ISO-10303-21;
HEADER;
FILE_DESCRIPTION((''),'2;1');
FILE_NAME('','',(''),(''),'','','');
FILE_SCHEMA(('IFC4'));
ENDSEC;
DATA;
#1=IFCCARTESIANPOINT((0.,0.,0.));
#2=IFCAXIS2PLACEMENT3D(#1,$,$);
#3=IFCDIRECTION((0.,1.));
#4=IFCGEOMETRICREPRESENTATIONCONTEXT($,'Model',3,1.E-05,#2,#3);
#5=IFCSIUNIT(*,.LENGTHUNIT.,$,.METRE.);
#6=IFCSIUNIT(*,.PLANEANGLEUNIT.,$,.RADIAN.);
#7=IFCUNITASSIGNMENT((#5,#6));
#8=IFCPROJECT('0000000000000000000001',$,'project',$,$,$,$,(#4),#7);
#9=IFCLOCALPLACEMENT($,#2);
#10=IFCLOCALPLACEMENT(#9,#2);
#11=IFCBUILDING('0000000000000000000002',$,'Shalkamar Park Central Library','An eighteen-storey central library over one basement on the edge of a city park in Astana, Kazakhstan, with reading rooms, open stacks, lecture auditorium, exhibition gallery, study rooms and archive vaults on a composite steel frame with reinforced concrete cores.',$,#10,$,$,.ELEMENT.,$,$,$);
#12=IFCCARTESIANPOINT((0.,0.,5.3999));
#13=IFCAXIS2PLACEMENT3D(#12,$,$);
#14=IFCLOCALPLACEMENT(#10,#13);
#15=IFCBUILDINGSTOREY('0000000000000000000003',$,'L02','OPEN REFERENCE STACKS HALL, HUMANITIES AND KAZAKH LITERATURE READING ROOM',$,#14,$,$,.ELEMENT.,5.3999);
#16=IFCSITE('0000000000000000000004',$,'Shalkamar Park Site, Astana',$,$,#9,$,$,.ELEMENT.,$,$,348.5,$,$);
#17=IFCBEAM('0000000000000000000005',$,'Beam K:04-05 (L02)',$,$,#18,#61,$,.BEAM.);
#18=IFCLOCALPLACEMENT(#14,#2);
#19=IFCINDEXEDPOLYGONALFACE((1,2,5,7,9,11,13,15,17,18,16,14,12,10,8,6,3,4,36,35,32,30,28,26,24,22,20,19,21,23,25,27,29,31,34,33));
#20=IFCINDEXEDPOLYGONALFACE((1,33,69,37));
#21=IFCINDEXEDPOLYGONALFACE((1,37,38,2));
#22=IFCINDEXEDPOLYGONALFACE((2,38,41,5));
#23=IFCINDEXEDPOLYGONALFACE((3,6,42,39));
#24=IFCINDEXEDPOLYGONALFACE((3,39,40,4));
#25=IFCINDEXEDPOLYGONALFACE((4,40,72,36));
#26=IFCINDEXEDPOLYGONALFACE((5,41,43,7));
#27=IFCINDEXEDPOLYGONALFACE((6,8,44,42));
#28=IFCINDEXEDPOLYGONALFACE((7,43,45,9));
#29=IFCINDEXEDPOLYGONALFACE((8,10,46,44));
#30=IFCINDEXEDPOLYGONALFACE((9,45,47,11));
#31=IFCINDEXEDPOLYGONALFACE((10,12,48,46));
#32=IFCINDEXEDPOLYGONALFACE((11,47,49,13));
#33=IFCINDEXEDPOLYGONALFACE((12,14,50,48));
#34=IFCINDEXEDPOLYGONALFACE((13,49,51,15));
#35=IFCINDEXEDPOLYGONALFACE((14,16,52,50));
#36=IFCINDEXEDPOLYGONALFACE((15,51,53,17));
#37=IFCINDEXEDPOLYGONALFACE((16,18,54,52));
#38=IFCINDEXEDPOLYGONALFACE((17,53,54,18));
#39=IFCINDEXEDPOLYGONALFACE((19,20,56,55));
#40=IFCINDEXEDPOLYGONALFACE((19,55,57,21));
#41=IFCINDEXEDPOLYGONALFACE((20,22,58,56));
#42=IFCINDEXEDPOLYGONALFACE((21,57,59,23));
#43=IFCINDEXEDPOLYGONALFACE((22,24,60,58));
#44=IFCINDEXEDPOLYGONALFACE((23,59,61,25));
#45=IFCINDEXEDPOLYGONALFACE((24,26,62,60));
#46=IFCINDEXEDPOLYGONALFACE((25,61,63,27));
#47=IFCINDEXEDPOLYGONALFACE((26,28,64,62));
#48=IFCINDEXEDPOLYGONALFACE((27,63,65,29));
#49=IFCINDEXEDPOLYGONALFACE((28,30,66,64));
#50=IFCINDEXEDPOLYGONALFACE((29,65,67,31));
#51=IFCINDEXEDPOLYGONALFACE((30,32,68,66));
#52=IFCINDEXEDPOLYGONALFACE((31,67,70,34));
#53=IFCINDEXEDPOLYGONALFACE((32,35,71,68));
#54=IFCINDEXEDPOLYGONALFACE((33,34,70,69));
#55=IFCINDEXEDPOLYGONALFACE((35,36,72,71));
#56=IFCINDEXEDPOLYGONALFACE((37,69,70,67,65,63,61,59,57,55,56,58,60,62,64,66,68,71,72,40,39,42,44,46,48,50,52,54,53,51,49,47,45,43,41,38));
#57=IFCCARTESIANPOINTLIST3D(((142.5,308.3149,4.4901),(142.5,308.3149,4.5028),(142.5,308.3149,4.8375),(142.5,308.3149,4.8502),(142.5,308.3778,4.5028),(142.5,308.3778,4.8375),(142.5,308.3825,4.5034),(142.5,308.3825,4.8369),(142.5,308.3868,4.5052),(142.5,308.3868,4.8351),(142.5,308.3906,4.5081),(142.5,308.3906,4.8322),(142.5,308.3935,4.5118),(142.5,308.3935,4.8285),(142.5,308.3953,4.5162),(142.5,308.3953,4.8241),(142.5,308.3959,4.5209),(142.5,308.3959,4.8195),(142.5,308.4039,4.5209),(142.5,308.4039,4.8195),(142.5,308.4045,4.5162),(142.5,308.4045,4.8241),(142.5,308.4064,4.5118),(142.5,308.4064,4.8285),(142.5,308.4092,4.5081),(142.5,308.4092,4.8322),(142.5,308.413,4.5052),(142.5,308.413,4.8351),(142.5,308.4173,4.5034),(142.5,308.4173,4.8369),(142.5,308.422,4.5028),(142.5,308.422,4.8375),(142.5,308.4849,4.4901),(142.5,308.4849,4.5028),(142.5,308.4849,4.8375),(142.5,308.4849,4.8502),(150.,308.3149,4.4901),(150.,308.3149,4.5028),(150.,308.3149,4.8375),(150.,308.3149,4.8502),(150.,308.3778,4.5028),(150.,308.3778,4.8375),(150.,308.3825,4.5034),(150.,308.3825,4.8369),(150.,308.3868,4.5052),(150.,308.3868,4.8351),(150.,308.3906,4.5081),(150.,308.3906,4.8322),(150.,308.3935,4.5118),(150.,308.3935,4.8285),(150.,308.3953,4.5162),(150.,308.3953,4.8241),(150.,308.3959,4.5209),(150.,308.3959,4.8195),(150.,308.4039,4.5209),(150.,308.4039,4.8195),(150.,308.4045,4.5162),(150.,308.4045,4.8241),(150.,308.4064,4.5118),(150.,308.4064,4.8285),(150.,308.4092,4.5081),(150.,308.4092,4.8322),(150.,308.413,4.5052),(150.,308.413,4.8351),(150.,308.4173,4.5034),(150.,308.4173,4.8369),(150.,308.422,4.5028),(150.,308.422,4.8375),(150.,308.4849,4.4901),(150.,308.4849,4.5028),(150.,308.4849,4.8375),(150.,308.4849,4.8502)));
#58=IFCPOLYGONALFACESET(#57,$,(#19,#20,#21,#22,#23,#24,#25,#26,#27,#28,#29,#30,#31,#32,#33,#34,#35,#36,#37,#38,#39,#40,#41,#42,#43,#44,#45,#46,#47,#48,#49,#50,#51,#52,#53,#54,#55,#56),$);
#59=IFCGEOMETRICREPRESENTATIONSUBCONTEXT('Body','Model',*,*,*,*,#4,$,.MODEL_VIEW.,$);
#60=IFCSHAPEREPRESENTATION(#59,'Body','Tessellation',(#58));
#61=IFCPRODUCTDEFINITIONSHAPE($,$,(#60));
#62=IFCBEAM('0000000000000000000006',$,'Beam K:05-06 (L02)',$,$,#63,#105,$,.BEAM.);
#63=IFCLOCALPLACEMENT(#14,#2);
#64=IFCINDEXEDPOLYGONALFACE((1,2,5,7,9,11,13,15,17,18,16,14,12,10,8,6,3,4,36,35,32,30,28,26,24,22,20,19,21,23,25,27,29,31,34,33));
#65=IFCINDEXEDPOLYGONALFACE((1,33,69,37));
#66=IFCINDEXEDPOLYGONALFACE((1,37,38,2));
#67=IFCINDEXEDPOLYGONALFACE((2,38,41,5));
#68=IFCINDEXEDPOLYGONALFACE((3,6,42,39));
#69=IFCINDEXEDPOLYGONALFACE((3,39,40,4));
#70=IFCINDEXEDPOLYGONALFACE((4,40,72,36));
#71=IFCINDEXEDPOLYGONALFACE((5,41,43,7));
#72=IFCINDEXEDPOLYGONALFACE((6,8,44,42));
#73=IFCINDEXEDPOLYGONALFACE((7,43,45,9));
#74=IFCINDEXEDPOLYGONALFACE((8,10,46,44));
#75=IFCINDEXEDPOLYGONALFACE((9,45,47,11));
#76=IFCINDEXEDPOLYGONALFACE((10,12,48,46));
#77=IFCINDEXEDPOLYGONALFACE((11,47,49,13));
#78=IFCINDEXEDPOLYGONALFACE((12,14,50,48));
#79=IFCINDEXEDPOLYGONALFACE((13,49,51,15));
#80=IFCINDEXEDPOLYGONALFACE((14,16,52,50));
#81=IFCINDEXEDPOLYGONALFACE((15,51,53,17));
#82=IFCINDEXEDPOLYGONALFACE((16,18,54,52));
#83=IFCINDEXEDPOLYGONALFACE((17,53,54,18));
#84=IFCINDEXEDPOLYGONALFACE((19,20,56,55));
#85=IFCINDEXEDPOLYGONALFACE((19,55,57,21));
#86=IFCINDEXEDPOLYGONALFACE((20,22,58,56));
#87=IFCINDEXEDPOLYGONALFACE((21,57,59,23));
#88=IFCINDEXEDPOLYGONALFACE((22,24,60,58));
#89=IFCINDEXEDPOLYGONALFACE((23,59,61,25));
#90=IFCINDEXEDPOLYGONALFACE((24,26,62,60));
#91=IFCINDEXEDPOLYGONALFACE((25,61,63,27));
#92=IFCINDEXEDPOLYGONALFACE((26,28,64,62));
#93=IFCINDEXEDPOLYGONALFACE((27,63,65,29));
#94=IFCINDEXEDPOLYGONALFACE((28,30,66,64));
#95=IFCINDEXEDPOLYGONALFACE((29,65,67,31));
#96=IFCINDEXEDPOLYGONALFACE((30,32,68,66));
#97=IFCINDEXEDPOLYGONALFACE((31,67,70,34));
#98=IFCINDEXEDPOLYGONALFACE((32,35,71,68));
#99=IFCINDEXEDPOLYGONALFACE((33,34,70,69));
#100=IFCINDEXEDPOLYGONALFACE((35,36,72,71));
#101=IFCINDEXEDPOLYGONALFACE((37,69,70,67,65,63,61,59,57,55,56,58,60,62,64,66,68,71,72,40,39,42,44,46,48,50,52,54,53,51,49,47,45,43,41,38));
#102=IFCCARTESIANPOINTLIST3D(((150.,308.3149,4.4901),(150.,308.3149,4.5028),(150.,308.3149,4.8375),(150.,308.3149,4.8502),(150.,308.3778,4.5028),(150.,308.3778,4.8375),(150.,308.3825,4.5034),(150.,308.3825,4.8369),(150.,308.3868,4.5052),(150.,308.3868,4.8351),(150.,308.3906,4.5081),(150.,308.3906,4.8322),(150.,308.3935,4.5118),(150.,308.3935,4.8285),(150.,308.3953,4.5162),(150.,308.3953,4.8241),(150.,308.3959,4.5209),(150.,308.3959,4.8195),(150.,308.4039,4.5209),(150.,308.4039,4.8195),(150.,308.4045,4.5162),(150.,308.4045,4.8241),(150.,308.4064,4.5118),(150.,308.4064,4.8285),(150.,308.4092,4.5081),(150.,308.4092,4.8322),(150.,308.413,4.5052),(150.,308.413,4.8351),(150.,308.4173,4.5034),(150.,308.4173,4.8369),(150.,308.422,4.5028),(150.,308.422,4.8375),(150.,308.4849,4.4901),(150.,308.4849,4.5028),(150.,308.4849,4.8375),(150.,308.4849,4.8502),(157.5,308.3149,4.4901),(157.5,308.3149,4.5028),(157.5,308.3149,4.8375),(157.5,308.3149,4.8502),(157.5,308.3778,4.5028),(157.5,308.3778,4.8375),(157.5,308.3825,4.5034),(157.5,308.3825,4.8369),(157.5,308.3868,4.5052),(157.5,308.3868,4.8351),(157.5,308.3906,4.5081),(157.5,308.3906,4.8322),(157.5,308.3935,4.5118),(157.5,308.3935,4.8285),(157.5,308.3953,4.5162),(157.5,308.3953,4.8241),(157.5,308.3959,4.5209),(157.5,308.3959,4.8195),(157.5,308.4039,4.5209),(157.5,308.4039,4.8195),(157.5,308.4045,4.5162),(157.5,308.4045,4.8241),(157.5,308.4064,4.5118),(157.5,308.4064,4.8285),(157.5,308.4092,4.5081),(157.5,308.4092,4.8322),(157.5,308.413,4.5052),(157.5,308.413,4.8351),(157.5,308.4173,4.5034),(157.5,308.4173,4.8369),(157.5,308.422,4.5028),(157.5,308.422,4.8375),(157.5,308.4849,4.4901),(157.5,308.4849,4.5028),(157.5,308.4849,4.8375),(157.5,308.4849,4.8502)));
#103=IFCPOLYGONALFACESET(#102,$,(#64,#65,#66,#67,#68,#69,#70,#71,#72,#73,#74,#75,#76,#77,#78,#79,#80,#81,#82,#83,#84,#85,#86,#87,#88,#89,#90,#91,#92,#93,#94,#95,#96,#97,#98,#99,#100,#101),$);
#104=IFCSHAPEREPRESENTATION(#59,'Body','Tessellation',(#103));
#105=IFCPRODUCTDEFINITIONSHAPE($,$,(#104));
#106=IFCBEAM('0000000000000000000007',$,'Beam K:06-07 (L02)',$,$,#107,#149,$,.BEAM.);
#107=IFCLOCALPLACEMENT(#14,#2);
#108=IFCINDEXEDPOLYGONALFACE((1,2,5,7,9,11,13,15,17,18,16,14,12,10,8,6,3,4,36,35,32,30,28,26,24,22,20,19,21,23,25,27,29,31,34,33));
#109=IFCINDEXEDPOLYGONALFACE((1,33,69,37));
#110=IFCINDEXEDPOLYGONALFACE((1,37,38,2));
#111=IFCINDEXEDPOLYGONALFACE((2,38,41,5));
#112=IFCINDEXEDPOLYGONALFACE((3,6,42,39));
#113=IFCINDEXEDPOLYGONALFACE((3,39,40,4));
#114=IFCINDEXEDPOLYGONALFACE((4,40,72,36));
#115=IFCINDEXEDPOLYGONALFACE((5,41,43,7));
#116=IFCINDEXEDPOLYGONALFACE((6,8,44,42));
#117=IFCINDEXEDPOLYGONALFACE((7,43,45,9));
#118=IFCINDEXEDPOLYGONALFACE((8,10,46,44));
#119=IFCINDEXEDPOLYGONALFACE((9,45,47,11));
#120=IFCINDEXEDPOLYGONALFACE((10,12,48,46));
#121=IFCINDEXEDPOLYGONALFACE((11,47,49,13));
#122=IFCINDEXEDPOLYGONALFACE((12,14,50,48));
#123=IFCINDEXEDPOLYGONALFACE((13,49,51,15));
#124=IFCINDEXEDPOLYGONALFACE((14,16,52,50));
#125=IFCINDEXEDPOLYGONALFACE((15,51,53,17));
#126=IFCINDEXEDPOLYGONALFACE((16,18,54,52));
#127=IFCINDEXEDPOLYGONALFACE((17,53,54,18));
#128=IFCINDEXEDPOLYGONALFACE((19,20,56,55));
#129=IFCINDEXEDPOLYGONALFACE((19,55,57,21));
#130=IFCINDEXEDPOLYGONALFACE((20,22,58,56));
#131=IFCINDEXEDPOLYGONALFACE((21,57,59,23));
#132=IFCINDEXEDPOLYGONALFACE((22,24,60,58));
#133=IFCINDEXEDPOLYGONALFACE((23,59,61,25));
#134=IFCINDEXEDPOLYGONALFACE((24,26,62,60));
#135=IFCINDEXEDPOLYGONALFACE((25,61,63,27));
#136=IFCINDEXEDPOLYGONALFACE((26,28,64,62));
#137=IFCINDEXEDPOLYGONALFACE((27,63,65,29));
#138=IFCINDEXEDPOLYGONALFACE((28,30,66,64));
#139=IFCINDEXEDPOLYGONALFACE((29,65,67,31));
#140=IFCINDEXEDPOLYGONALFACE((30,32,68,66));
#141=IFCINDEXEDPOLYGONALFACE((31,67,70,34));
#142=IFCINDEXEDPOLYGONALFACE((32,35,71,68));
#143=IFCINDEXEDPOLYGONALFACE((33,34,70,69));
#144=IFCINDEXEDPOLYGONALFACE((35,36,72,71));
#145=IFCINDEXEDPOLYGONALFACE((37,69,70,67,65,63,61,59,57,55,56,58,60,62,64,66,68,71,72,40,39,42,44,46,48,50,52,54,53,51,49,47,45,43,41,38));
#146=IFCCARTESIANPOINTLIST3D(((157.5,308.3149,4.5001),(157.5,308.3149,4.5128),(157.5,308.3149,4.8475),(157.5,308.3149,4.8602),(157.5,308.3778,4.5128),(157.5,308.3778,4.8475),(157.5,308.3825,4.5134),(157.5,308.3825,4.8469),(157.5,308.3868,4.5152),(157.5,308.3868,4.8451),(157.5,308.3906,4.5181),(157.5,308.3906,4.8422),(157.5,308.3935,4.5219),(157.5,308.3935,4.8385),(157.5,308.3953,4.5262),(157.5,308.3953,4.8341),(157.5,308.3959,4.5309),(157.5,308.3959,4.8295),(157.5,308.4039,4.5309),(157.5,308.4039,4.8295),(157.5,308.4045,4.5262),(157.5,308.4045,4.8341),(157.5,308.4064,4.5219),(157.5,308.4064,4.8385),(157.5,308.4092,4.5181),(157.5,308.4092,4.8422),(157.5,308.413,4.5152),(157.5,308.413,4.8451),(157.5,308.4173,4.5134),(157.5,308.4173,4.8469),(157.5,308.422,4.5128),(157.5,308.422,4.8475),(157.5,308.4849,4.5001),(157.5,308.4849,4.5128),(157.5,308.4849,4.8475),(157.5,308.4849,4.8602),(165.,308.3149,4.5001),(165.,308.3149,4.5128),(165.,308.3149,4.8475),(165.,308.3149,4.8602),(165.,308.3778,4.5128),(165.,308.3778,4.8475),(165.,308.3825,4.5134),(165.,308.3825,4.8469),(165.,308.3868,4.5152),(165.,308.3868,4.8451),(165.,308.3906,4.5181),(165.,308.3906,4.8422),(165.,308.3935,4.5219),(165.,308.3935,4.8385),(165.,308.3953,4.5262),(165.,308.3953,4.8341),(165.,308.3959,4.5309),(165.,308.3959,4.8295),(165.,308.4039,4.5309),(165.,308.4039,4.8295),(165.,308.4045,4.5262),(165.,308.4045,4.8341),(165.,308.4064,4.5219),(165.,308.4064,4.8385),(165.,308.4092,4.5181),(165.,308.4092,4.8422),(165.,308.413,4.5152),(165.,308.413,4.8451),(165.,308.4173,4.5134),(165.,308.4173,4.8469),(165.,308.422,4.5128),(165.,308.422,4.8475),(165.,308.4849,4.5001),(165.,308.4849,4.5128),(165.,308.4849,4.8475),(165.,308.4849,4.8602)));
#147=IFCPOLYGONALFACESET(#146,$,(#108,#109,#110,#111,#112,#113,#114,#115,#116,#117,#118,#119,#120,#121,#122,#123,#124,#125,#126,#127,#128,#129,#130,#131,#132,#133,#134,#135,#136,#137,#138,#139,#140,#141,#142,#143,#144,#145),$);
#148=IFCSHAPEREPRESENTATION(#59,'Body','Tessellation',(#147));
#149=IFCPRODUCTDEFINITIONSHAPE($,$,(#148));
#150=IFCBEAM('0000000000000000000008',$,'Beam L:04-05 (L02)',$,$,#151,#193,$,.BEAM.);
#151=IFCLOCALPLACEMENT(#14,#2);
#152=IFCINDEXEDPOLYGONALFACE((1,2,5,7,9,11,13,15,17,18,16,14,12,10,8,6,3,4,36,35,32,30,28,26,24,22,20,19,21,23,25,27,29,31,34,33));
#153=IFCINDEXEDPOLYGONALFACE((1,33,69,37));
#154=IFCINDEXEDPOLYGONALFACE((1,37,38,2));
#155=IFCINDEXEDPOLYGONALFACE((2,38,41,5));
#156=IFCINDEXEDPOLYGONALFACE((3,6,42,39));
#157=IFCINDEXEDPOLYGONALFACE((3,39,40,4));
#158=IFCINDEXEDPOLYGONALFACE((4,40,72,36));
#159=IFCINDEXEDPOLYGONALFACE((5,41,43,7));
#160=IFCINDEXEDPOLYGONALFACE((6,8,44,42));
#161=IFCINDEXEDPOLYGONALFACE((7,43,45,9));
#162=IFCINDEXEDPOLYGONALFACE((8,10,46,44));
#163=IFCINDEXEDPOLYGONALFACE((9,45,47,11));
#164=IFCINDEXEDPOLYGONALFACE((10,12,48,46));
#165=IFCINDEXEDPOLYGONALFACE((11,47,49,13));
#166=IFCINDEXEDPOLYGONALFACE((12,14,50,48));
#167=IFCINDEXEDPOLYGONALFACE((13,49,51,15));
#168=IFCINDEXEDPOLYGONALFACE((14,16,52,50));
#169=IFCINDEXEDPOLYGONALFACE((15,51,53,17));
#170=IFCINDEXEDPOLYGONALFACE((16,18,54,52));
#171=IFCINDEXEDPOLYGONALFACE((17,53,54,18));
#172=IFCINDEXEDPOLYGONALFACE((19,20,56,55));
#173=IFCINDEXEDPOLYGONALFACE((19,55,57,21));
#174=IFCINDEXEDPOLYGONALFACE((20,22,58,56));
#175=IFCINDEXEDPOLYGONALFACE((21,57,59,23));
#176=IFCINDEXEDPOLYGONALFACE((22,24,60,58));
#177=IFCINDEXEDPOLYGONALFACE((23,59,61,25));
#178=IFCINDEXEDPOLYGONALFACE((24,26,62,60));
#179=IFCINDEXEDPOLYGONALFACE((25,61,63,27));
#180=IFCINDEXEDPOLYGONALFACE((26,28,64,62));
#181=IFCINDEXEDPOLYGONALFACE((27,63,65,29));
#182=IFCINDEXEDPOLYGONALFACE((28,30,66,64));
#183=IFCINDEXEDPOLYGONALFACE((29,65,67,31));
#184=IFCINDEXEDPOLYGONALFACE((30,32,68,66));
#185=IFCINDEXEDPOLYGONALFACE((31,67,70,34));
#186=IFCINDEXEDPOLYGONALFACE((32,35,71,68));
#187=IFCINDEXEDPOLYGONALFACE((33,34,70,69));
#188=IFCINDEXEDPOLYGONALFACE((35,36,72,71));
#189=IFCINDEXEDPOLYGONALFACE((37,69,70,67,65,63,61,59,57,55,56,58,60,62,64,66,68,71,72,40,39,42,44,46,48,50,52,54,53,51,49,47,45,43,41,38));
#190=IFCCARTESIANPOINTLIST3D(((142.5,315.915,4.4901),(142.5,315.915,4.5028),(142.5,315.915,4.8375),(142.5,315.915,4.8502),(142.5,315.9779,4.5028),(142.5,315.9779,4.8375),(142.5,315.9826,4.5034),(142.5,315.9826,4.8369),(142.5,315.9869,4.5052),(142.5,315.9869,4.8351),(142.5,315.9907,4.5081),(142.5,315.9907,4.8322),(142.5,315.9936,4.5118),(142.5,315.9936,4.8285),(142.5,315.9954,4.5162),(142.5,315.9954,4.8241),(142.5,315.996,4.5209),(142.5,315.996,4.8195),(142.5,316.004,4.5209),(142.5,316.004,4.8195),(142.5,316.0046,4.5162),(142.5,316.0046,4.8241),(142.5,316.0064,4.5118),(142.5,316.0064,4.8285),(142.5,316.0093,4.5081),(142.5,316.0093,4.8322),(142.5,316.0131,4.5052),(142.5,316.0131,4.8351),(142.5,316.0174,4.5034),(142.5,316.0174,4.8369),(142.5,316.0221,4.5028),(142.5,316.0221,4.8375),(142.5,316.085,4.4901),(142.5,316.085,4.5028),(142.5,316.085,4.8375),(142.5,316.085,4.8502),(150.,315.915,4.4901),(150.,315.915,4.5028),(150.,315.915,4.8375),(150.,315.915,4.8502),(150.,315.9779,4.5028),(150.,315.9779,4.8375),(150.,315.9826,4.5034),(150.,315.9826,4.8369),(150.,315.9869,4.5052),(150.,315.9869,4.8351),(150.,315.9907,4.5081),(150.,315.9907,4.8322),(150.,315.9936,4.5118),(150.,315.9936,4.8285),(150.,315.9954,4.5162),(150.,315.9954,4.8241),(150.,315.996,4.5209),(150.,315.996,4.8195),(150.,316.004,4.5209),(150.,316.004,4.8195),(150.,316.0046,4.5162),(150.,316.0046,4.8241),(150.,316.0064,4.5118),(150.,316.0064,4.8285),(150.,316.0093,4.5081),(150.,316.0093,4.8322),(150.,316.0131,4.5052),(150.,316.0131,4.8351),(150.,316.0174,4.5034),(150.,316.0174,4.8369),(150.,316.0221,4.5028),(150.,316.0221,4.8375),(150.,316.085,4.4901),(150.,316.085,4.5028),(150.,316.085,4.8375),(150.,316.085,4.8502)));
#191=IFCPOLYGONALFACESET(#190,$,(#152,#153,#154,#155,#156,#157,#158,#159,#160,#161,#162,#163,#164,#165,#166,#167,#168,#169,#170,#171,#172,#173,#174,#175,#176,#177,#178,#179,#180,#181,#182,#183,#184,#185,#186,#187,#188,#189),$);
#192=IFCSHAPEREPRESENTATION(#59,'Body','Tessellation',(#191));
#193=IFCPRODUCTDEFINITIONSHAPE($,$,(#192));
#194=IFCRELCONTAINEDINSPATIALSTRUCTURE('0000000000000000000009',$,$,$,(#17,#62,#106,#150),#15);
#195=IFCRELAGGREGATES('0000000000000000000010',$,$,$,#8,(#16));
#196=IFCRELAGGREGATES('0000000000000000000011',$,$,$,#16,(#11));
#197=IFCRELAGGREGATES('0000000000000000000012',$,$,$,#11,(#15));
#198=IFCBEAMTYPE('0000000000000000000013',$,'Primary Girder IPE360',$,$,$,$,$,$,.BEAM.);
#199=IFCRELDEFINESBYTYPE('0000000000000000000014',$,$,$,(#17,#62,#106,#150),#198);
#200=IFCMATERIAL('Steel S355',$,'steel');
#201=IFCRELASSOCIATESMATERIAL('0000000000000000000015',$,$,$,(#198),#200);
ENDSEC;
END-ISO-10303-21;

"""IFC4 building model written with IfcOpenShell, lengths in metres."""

from ifc_helpers import new_model, si_unit, direction, frame, origin, origin_2d, place, context, subcontext, project, spatial, i_section, extrude, material, material_profile, profile_set, type_object, element, save


model = new_model("IFC4")

# Units and contexts
model_context = context("Model", 3, precision=1e-05, world=origin(), true_north=direction((0.0, 1.0)))
body_context = subcontext(model_context, "Body", "Model", "MODEL_VIEW")
ifc_project = project(units=[si_unit("LENGTHUNIT", "METRE"), si_unit("PLANEANGLEUNIT", "RADIAN")], contexts=[model_context])

# Site, building, storey
site_placement = place(None, origin())
site = spatial("IfcSite", under=ifc_project, at=site_placement, Name="Shalkamar Park Site, Astana", CompositionType="ELEMENT", RefElevation=348.5)
building_placement = place(site_placement, origin())
building = spatial("IfcBuilding", under=site, at=building_placement, Name="Shalkamar Park Central Library", Description="An eighteen-storey central library over one basement on the edge of a city park in Astana, Kazakhstan, with reading rooms, open stacks, lecture auditorium, exhibition gallery, study rooms and archive vaults on a composite steel frame with reinforced concrete cores.", CompositionType="ELEMENT")
storey_placement = place(building_placement, frame((0.0, 0.0, 5.3999)))
storey = spatial("IfcBuildingStorey", under=building, at=storey_placement, Name="L02", Description="OPEN REFERENCE STACKS HALL, HUMANITIES AND KAZAKH LITERATURE READING ROOM", CompositionType="ELEMENT", Elevation=5.3999)

# Shared definitions
ifc_material_1 = material(Name="Steel S355", Category="steel")

# Beams
ifc_material_profile_1 = material_profile(ifc_material_1, i_section(OverallWidth=0.1699, OverallDepth=0.3601, WebThickness=0.0081, FlangeThickness=0.0127, FilletRadius=0.0181, at=origin_2d()), Name="IPE 360")
ifc_profile_set_1 = profile_set([ifc_material_profile_1], Name="Steel S355")
beam_type = type_object("IfcBeamType", Name="Primary Girder IPE360", PredefinedType="BEAM", material=ifc_profile_set_1)
for number, where, z_axis, x_axis, name in (
    (1, (142.5, 308.3999, 4.6702), (1.0, 0.0, 0.0), (0.0, 1.0, 0.0), "Beam K:04-05 (L02)"),
    (2, (150.0, 308.3999, 4.6702), (1.0, 0.0, 0.0), (0.0, 1.0, 0.0), "Beam K:05-06 (L02)"),
    (3, (157.5, 308.3999, 4.6802), (1.0, 0.0, 0.0), (0.0, 1.0, 0.0), "Beam K:06-07 (L02)"),
    (4, (142.5, 316.0, 4.6702), (1.0, 0.0, 0.0), (0.0, 1.0, 0.0), "Beam L:04-05 (L02)"),
):
    element("IfcBeam", number, at=place(storey_placement, frame(where, z_axis=z_axis, x_axis=x_axis)), inside=storey, type_object=beam_type, Name=name, PredefinedType="BEAM", context=body_context, shape_type="SweptSolid", body=[
        extrude(i_section(OverallWidth=0.1699, OverallDepth=0.3601, WebThickness=0.0081, FlangeThickness=0.0127, FilletRadius=0.0181, at=origin_2d()), origin(), (0.0, 0.0, 1.0), 7.5),
    ])

save(model, "model.ifc")
